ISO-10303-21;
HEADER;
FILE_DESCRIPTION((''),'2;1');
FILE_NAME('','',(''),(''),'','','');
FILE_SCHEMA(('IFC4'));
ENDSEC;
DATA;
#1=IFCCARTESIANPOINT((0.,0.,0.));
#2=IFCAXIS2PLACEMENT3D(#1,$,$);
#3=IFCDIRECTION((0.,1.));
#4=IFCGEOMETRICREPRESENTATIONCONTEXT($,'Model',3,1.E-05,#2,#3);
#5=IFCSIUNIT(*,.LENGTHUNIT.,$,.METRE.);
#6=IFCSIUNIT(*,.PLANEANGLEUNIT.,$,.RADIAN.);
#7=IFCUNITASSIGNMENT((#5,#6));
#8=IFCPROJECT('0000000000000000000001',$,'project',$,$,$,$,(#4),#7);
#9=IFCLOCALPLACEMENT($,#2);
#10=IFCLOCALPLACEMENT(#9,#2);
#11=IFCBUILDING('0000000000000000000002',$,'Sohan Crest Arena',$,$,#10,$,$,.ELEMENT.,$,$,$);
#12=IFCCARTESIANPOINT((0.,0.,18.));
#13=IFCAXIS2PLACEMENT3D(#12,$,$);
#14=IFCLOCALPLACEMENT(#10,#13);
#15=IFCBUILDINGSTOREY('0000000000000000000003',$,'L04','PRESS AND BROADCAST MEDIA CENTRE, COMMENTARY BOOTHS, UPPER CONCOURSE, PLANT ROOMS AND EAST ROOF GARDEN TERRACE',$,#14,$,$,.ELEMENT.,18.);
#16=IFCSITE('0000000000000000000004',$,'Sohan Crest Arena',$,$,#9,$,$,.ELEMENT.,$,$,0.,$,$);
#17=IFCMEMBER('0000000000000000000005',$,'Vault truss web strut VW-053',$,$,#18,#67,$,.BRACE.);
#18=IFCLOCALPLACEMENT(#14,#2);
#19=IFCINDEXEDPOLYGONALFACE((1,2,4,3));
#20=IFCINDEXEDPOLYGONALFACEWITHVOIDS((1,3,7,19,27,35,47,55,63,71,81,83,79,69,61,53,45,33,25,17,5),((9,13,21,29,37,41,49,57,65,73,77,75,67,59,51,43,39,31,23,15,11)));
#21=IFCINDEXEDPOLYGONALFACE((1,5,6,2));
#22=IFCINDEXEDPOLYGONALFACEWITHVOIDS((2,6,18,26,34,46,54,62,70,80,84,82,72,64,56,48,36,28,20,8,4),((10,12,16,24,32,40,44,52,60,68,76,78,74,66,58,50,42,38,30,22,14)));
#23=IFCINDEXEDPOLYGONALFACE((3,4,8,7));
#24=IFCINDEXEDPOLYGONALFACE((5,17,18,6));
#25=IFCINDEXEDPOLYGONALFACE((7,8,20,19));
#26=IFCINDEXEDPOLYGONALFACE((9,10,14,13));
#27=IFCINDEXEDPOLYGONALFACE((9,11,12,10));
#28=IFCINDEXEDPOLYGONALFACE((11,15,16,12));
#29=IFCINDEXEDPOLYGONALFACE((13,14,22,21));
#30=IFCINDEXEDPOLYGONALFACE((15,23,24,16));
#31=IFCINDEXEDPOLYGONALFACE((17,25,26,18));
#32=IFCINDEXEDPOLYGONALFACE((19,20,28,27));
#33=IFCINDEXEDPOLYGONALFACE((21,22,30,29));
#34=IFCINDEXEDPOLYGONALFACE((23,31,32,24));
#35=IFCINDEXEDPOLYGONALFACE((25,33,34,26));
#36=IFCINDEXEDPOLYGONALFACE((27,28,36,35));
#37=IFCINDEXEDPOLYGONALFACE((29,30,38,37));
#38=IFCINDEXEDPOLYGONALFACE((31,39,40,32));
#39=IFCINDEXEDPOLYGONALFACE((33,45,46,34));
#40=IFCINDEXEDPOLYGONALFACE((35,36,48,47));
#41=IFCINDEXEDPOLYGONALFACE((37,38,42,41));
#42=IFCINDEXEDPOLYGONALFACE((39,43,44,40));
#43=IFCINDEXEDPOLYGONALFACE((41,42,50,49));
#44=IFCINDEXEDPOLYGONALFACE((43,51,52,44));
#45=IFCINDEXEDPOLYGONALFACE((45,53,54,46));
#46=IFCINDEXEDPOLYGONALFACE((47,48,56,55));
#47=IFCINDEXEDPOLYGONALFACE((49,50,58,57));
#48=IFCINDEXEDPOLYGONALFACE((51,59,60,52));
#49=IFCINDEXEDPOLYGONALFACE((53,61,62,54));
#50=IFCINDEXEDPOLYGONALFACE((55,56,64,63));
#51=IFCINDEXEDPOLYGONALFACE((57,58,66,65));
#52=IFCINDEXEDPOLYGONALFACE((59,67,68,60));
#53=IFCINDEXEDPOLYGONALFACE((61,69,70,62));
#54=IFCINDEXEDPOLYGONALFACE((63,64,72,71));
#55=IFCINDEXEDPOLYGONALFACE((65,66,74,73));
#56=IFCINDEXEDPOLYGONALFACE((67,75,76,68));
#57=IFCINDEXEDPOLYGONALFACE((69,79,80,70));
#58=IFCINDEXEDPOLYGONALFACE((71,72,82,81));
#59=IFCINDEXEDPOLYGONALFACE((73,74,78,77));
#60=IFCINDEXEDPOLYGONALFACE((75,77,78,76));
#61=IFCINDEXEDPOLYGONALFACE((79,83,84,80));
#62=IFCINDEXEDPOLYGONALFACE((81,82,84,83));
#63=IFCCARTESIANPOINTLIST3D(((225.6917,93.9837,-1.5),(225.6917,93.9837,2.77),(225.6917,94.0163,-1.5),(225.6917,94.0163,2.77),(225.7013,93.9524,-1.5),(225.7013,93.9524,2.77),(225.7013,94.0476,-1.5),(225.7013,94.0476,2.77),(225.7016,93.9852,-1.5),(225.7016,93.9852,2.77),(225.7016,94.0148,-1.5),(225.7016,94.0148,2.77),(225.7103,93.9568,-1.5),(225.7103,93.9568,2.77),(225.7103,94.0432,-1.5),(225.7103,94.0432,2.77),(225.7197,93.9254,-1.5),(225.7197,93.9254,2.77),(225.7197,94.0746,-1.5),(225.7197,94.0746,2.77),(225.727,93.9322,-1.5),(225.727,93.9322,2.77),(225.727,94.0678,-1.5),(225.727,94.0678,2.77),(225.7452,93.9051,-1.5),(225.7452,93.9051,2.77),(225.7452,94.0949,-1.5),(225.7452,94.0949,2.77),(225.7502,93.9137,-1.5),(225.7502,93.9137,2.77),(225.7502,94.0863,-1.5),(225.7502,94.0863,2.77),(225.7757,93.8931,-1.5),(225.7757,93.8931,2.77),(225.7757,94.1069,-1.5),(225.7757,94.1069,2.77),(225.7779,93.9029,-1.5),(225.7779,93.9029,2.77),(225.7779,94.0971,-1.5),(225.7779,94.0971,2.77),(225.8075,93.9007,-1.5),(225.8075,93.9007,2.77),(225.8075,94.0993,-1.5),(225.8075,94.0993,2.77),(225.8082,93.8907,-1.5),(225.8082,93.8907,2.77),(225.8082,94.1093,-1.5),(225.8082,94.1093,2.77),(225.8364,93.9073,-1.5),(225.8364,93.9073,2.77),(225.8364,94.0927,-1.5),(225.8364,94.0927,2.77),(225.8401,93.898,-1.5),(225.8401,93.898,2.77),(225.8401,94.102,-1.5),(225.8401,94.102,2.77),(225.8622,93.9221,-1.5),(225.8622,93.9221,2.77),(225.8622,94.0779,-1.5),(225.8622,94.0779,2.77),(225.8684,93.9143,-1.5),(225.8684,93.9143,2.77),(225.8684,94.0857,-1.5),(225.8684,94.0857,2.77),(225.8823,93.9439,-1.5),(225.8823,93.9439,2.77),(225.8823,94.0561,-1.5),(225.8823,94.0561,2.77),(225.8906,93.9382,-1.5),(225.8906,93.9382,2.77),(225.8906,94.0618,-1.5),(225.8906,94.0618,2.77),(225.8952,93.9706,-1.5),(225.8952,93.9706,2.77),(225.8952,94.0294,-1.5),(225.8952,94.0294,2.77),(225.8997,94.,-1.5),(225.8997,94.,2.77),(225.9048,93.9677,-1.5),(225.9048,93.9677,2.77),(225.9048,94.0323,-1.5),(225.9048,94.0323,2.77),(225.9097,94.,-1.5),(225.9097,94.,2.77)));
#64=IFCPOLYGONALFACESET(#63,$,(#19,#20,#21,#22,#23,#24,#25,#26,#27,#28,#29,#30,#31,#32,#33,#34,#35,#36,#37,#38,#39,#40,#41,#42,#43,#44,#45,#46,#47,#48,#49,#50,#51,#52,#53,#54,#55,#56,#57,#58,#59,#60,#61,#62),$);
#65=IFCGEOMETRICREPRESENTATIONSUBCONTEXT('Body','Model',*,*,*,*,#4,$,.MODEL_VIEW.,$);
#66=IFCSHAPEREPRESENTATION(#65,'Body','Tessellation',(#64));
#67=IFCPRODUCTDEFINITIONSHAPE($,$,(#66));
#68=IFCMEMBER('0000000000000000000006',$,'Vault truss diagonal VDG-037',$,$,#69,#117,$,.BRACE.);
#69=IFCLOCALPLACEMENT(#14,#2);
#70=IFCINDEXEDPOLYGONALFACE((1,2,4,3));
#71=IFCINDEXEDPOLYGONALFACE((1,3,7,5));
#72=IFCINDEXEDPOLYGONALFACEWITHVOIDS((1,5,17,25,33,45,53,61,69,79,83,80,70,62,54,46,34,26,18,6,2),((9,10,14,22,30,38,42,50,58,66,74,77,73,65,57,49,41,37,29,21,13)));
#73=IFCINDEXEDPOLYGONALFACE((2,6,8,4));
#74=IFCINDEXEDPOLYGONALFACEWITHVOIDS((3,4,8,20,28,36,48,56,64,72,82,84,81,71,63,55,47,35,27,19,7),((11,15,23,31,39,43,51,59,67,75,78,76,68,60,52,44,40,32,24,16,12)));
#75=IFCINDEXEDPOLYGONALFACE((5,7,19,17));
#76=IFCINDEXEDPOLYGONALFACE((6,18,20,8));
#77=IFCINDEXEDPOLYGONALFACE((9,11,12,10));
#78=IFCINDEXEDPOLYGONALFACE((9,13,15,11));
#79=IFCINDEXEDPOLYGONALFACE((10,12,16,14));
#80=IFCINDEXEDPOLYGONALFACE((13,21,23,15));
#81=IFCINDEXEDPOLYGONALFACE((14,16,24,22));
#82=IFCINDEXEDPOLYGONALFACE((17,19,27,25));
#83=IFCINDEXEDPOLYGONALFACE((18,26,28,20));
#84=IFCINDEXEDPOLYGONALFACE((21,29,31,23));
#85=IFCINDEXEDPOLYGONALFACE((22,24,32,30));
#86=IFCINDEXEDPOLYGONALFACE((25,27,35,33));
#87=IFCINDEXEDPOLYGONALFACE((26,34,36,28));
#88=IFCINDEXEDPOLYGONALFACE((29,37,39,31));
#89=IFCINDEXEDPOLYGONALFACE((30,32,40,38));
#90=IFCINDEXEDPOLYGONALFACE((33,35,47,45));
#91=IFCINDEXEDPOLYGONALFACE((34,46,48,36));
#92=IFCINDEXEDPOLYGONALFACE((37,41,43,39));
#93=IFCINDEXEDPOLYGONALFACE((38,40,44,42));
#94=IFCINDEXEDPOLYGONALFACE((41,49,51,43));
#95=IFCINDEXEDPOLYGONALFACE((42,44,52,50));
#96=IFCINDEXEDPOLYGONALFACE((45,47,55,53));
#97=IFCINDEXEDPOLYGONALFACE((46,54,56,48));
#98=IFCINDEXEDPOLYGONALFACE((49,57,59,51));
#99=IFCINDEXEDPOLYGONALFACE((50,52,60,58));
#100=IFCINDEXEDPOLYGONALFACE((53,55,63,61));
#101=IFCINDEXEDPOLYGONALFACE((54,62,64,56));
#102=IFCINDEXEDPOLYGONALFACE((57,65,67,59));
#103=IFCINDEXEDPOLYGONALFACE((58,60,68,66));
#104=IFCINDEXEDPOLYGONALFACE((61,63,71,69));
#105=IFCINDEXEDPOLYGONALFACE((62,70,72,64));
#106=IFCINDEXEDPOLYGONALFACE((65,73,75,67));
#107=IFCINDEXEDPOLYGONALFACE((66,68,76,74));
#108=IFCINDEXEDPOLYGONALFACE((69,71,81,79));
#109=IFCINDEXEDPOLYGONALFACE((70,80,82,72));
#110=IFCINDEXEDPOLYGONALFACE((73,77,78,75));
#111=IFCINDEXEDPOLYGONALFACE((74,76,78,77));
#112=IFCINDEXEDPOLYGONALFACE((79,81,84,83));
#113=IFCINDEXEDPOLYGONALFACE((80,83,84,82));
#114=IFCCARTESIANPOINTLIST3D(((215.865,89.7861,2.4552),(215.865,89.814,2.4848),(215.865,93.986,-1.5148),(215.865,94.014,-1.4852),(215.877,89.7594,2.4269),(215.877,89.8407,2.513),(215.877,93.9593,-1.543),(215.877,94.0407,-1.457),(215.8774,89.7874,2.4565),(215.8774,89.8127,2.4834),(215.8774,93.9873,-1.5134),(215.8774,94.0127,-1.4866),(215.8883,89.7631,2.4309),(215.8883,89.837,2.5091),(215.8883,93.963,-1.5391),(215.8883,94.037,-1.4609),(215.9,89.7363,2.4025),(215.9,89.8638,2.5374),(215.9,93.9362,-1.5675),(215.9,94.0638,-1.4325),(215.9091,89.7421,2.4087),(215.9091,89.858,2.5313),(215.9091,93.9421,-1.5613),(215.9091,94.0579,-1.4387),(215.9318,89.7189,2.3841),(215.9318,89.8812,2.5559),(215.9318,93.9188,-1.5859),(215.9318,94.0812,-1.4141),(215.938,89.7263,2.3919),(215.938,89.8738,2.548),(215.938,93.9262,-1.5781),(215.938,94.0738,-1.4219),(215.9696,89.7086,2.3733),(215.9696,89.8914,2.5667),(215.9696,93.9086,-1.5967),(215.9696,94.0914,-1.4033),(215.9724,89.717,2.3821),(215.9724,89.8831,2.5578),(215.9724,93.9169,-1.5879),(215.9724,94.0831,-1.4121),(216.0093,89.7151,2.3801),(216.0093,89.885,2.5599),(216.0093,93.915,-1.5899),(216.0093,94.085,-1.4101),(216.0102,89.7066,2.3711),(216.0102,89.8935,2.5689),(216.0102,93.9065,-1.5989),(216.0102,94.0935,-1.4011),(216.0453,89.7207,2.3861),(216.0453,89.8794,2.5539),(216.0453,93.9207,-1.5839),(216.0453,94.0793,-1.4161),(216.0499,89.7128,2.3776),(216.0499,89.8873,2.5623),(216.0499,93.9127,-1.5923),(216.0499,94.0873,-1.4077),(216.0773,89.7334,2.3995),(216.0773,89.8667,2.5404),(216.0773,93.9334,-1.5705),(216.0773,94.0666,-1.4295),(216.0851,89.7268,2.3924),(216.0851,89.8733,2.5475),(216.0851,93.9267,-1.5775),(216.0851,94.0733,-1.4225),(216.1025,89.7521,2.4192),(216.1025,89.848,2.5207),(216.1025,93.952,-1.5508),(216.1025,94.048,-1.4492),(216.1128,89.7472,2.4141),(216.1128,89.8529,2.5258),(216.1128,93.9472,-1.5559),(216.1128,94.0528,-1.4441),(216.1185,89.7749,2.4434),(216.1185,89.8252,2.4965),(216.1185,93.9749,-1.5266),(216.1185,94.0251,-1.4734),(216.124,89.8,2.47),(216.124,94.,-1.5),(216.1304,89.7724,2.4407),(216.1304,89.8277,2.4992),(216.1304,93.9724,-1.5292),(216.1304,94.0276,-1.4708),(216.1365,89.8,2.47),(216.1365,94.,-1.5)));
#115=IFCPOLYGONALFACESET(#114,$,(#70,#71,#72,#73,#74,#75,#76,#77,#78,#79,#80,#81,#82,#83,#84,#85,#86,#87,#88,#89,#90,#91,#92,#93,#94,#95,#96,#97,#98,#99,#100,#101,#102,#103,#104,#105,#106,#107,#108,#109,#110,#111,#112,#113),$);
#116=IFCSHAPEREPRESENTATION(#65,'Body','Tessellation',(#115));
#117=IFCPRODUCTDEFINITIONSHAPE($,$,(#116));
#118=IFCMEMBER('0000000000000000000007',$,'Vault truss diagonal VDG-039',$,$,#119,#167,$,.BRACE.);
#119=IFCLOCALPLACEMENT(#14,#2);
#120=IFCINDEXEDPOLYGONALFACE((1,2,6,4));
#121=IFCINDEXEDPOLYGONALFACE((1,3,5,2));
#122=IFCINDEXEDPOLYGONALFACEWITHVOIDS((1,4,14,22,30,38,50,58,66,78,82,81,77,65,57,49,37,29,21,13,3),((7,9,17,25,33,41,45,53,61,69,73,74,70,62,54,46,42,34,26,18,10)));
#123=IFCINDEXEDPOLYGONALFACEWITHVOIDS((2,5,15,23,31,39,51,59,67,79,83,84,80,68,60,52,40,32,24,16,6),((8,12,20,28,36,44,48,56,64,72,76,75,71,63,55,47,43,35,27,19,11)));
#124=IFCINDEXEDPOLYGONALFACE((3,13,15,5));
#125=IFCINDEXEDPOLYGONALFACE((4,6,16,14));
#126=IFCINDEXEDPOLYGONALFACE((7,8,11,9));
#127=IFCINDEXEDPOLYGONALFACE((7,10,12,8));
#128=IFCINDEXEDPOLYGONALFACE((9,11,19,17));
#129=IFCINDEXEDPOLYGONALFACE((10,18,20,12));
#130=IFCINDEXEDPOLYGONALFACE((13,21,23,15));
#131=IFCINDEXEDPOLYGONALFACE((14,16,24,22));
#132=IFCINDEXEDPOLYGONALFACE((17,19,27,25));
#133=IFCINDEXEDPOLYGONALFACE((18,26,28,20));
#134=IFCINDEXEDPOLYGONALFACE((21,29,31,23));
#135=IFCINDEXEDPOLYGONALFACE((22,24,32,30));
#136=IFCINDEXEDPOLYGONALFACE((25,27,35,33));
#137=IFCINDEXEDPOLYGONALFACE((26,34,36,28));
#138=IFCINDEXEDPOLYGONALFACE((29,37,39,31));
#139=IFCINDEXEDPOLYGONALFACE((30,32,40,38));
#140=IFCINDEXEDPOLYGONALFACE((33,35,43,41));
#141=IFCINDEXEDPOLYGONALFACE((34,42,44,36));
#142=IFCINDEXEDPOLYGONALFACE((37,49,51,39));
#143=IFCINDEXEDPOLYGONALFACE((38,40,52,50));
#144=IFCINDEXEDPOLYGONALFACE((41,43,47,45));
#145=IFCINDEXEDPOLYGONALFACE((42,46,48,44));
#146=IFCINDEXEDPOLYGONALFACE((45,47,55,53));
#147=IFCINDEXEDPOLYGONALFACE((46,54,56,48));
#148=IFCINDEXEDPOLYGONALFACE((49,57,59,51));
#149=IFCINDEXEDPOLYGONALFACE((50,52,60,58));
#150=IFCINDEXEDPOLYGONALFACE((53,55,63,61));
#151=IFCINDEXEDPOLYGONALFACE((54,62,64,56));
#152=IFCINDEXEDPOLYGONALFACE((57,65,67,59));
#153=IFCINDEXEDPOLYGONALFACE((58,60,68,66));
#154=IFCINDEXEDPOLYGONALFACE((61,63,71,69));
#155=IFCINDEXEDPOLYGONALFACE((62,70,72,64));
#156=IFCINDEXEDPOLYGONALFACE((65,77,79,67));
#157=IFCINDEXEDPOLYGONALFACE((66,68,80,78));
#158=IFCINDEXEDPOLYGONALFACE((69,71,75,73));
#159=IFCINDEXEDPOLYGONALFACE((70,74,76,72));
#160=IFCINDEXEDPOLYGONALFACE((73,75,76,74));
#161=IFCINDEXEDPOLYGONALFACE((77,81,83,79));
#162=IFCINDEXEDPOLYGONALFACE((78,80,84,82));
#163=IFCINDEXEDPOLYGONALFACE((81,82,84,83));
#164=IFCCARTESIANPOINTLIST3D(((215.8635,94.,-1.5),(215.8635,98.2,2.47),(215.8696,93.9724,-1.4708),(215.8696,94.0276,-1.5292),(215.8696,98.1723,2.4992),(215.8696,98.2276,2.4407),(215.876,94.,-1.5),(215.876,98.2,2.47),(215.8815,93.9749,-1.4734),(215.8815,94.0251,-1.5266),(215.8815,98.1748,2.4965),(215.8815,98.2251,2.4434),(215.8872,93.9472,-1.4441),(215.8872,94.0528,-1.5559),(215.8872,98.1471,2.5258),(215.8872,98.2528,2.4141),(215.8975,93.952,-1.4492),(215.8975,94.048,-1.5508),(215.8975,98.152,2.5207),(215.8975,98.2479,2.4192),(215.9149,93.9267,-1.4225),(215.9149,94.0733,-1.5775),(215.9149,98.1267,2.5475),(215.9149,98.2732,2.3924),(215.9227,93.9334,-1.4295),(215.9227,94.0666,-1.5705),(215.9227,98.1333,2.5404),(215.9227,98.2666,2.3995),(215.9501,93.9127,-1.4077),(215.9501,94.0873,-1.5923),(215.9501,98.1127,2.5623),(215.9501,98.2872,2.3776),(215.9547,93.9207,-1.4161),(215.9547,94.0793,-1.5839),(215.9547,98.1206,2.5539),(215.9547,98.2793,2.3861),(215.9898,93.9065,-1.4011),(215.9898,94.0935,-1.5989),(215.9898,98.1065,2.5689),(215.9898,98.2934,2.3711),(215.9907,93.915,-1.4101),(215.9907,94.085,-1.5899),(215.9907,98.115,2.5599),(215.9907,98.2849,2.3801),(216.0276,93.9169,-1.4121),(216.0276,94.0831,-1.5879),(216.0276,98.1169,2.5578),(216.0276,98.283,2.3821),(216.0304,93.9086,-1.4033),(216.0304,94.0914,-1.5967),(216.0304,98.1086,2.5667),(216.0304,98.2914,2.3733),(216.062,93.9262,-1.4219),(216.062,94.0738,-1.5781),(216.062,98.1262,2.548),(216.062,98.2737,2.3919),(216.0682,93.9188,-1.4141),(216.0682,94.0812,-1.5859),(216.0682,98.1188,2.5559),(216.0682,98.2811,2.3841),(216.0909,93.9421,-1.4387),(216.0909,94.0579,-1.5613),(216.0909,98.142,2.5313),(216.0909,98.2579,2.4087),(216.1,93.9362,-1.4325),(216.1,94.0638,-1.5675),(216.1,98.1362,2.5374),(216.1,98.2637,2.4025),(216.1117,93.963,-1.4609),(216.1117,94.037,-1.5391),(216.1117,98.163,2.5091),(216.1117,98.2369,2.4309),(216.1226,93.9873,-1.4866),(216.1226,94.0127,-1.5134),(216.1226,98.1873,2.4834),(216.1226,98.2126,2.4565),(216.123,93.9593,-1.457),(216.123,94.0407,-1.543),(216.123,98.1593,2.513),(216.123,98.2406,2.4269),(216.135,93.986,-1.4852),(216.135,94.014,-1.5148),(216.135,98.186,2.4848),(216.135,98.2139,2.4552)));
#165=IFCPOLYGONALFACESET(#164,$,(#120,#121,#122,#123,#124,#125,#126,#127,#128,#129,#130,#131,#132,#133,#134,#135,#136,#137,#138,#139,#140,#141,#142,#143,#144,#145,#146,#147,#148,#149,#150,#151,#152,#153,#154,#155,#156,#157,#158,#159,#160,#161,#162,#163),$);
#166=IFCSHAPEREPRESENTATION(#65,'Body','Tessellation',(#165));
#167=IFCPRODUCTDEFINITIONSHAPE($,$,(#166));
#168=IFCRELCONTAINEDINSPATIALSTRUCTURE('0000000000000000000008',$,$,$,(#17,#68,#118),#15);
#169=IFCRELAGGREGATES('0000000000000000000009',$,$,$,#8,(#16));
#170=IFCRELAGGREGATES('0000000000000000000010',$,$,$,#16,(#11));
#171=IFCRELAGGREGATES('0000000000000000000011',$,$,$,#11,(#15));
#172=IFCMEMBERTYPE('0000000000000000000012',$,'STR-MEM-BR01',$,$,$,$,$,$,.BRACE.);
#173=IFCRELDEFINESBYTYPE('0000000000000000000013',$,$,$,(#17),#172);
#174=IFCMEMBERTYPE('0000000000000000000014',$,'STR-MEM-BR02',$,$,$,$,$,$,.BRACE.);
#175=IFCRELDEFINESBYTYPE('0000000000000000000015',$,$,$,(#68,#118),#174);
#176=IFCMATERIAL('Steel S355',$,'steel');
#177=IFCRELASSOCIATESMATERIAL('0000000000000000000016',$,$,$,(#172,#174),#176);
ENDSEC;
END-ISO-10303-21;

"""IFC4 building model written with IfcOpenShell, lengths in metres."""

from ifc_helpers import new_model, si_unit, direction, frame, origin, origin_2d, place, context, subcontext, project, spatial, hollow_circle, extrude, material, material_profile, profile_set, type_object, element, save


model = new_model("IFC4")

# Units and contexts
model_context = context("Model", 3, precision=1e-05, world=origin(), true_north=direction((0.0, 1.0)))
body_context = subcontext(model_context, "Body", "Model", "MODEL_VIEW")
ifc_project = project(units=[si_unit("LENGTHUNIT", "METRE"), si_unit("PLANEANGLEUNIT", "RADIAN")], contexts=[model_context])

# Site, building, storey
site_placement = place(None, origin())
site = spatial("IfcSite", under=ifc_project, at=site_placement, Name="Sohan Crest Arena", CompositionType="ELEMENT", RefElevation=0.0)
building_placement = place(site_placement, origin())
building = spatial("IfcBuilding", under=site, at=building_placement, Name="Sohan Crest Arena", CompositionType="ELEMENT")
storey_placement = place(building_placement, frame((0.0, 0.0, 18.0)))
storey = spatial("IfcBuildingStorey", under=building, at=storey_placement, Name="L04", Description="PRESS AND BROADCAST MEDIA CENTRE, COMMENTARY BOOTHS, UPPER CONCOURSE, PLANT ROOMS AND EAST ROOF GARDEN TERRACE", CompositionType="ELEMENT", Elevation=18.0)

# Shared definitions
ifc_material = material(Name="Steel S355", Category="steel")

# Members
ifc_material_profile_1 = material_profile(ifc_material, hollow_circle(Radius=0.1096, WallThickness=0.01, at=origin_2d()), Name="CHS 219.1x10")
ifc_profile_set_1 = profile_set([ifc_material_profile_1], Name="Steel S355")
member_type_1 = type_object("IfcMemberType", Name="STR-MEM-BR01", PredefinedType="BRACE", material=ifc_profile_set_1)
member_1_placement = place(storey_placement, frame((225.8, 94.0, -1.5), z_axis=(0.0, 0.0, 1.0), x_axis=(1.0, 0.0, 0.0)))
element("IfcMember", 1, at=member_1_placement, inside=storey, type_object=member_type_1, Name="Vault truss web strut VW-053", PredefinedType="BRACE", context=body_context, shape_type="SweptSolid", body=[
    extrude(hollow_circle(Radius=0.1096, WallThickness=0.01, at=origin_2d()), origin(), (0.0, 0.0, 1.0), 4.27),
])
ifc_material_profile_2 = material_profile(ifc_material, hollow_circle(Radius=0.1365, WallThickness=0.0125, at=origin_2d()), Name="CHS 273x12.5")
ifc_profile_set_2 = profile_set([ifc_material_profile_2], Name="Steel S355")
member_type_2 = type_object("IfcMemberType", Name="STR-MEM-BR02", PredefinedType="BRACE", material=ifc_profile_set_2)
for number, where, z_axis, x_axis, name in (
    (2, (216.0, 94.0, -1.5), (0.0, -0.726724, 0.68693), (1.0, 0.0, 0.0), "Vault truss diagonal VDG-037"),
    (3, (216.0, 94.0, -1.5), (0.0, 0.726724, 0.68693), (-1.0, 0.0, 0.0), "Vault truss diagonal VDG-039"),
):
    element("IfcMember", number, at=place(storey_placement, frame(where, z_axis=z_axis, x_axis=x_axis)), inside=storey, type_object=member_type_2, Name=name, PredefinedType="BRACE", context=body_context, shape_type="SweptSolid", body=[
        extrude(hollow_circle(Radius=0.1365, WallThickness=0.0125, at=origin_2d()), origin(), (0.0, 0.0, 1.0), 5.7793),
    ])

save(model, "model.ifc")
